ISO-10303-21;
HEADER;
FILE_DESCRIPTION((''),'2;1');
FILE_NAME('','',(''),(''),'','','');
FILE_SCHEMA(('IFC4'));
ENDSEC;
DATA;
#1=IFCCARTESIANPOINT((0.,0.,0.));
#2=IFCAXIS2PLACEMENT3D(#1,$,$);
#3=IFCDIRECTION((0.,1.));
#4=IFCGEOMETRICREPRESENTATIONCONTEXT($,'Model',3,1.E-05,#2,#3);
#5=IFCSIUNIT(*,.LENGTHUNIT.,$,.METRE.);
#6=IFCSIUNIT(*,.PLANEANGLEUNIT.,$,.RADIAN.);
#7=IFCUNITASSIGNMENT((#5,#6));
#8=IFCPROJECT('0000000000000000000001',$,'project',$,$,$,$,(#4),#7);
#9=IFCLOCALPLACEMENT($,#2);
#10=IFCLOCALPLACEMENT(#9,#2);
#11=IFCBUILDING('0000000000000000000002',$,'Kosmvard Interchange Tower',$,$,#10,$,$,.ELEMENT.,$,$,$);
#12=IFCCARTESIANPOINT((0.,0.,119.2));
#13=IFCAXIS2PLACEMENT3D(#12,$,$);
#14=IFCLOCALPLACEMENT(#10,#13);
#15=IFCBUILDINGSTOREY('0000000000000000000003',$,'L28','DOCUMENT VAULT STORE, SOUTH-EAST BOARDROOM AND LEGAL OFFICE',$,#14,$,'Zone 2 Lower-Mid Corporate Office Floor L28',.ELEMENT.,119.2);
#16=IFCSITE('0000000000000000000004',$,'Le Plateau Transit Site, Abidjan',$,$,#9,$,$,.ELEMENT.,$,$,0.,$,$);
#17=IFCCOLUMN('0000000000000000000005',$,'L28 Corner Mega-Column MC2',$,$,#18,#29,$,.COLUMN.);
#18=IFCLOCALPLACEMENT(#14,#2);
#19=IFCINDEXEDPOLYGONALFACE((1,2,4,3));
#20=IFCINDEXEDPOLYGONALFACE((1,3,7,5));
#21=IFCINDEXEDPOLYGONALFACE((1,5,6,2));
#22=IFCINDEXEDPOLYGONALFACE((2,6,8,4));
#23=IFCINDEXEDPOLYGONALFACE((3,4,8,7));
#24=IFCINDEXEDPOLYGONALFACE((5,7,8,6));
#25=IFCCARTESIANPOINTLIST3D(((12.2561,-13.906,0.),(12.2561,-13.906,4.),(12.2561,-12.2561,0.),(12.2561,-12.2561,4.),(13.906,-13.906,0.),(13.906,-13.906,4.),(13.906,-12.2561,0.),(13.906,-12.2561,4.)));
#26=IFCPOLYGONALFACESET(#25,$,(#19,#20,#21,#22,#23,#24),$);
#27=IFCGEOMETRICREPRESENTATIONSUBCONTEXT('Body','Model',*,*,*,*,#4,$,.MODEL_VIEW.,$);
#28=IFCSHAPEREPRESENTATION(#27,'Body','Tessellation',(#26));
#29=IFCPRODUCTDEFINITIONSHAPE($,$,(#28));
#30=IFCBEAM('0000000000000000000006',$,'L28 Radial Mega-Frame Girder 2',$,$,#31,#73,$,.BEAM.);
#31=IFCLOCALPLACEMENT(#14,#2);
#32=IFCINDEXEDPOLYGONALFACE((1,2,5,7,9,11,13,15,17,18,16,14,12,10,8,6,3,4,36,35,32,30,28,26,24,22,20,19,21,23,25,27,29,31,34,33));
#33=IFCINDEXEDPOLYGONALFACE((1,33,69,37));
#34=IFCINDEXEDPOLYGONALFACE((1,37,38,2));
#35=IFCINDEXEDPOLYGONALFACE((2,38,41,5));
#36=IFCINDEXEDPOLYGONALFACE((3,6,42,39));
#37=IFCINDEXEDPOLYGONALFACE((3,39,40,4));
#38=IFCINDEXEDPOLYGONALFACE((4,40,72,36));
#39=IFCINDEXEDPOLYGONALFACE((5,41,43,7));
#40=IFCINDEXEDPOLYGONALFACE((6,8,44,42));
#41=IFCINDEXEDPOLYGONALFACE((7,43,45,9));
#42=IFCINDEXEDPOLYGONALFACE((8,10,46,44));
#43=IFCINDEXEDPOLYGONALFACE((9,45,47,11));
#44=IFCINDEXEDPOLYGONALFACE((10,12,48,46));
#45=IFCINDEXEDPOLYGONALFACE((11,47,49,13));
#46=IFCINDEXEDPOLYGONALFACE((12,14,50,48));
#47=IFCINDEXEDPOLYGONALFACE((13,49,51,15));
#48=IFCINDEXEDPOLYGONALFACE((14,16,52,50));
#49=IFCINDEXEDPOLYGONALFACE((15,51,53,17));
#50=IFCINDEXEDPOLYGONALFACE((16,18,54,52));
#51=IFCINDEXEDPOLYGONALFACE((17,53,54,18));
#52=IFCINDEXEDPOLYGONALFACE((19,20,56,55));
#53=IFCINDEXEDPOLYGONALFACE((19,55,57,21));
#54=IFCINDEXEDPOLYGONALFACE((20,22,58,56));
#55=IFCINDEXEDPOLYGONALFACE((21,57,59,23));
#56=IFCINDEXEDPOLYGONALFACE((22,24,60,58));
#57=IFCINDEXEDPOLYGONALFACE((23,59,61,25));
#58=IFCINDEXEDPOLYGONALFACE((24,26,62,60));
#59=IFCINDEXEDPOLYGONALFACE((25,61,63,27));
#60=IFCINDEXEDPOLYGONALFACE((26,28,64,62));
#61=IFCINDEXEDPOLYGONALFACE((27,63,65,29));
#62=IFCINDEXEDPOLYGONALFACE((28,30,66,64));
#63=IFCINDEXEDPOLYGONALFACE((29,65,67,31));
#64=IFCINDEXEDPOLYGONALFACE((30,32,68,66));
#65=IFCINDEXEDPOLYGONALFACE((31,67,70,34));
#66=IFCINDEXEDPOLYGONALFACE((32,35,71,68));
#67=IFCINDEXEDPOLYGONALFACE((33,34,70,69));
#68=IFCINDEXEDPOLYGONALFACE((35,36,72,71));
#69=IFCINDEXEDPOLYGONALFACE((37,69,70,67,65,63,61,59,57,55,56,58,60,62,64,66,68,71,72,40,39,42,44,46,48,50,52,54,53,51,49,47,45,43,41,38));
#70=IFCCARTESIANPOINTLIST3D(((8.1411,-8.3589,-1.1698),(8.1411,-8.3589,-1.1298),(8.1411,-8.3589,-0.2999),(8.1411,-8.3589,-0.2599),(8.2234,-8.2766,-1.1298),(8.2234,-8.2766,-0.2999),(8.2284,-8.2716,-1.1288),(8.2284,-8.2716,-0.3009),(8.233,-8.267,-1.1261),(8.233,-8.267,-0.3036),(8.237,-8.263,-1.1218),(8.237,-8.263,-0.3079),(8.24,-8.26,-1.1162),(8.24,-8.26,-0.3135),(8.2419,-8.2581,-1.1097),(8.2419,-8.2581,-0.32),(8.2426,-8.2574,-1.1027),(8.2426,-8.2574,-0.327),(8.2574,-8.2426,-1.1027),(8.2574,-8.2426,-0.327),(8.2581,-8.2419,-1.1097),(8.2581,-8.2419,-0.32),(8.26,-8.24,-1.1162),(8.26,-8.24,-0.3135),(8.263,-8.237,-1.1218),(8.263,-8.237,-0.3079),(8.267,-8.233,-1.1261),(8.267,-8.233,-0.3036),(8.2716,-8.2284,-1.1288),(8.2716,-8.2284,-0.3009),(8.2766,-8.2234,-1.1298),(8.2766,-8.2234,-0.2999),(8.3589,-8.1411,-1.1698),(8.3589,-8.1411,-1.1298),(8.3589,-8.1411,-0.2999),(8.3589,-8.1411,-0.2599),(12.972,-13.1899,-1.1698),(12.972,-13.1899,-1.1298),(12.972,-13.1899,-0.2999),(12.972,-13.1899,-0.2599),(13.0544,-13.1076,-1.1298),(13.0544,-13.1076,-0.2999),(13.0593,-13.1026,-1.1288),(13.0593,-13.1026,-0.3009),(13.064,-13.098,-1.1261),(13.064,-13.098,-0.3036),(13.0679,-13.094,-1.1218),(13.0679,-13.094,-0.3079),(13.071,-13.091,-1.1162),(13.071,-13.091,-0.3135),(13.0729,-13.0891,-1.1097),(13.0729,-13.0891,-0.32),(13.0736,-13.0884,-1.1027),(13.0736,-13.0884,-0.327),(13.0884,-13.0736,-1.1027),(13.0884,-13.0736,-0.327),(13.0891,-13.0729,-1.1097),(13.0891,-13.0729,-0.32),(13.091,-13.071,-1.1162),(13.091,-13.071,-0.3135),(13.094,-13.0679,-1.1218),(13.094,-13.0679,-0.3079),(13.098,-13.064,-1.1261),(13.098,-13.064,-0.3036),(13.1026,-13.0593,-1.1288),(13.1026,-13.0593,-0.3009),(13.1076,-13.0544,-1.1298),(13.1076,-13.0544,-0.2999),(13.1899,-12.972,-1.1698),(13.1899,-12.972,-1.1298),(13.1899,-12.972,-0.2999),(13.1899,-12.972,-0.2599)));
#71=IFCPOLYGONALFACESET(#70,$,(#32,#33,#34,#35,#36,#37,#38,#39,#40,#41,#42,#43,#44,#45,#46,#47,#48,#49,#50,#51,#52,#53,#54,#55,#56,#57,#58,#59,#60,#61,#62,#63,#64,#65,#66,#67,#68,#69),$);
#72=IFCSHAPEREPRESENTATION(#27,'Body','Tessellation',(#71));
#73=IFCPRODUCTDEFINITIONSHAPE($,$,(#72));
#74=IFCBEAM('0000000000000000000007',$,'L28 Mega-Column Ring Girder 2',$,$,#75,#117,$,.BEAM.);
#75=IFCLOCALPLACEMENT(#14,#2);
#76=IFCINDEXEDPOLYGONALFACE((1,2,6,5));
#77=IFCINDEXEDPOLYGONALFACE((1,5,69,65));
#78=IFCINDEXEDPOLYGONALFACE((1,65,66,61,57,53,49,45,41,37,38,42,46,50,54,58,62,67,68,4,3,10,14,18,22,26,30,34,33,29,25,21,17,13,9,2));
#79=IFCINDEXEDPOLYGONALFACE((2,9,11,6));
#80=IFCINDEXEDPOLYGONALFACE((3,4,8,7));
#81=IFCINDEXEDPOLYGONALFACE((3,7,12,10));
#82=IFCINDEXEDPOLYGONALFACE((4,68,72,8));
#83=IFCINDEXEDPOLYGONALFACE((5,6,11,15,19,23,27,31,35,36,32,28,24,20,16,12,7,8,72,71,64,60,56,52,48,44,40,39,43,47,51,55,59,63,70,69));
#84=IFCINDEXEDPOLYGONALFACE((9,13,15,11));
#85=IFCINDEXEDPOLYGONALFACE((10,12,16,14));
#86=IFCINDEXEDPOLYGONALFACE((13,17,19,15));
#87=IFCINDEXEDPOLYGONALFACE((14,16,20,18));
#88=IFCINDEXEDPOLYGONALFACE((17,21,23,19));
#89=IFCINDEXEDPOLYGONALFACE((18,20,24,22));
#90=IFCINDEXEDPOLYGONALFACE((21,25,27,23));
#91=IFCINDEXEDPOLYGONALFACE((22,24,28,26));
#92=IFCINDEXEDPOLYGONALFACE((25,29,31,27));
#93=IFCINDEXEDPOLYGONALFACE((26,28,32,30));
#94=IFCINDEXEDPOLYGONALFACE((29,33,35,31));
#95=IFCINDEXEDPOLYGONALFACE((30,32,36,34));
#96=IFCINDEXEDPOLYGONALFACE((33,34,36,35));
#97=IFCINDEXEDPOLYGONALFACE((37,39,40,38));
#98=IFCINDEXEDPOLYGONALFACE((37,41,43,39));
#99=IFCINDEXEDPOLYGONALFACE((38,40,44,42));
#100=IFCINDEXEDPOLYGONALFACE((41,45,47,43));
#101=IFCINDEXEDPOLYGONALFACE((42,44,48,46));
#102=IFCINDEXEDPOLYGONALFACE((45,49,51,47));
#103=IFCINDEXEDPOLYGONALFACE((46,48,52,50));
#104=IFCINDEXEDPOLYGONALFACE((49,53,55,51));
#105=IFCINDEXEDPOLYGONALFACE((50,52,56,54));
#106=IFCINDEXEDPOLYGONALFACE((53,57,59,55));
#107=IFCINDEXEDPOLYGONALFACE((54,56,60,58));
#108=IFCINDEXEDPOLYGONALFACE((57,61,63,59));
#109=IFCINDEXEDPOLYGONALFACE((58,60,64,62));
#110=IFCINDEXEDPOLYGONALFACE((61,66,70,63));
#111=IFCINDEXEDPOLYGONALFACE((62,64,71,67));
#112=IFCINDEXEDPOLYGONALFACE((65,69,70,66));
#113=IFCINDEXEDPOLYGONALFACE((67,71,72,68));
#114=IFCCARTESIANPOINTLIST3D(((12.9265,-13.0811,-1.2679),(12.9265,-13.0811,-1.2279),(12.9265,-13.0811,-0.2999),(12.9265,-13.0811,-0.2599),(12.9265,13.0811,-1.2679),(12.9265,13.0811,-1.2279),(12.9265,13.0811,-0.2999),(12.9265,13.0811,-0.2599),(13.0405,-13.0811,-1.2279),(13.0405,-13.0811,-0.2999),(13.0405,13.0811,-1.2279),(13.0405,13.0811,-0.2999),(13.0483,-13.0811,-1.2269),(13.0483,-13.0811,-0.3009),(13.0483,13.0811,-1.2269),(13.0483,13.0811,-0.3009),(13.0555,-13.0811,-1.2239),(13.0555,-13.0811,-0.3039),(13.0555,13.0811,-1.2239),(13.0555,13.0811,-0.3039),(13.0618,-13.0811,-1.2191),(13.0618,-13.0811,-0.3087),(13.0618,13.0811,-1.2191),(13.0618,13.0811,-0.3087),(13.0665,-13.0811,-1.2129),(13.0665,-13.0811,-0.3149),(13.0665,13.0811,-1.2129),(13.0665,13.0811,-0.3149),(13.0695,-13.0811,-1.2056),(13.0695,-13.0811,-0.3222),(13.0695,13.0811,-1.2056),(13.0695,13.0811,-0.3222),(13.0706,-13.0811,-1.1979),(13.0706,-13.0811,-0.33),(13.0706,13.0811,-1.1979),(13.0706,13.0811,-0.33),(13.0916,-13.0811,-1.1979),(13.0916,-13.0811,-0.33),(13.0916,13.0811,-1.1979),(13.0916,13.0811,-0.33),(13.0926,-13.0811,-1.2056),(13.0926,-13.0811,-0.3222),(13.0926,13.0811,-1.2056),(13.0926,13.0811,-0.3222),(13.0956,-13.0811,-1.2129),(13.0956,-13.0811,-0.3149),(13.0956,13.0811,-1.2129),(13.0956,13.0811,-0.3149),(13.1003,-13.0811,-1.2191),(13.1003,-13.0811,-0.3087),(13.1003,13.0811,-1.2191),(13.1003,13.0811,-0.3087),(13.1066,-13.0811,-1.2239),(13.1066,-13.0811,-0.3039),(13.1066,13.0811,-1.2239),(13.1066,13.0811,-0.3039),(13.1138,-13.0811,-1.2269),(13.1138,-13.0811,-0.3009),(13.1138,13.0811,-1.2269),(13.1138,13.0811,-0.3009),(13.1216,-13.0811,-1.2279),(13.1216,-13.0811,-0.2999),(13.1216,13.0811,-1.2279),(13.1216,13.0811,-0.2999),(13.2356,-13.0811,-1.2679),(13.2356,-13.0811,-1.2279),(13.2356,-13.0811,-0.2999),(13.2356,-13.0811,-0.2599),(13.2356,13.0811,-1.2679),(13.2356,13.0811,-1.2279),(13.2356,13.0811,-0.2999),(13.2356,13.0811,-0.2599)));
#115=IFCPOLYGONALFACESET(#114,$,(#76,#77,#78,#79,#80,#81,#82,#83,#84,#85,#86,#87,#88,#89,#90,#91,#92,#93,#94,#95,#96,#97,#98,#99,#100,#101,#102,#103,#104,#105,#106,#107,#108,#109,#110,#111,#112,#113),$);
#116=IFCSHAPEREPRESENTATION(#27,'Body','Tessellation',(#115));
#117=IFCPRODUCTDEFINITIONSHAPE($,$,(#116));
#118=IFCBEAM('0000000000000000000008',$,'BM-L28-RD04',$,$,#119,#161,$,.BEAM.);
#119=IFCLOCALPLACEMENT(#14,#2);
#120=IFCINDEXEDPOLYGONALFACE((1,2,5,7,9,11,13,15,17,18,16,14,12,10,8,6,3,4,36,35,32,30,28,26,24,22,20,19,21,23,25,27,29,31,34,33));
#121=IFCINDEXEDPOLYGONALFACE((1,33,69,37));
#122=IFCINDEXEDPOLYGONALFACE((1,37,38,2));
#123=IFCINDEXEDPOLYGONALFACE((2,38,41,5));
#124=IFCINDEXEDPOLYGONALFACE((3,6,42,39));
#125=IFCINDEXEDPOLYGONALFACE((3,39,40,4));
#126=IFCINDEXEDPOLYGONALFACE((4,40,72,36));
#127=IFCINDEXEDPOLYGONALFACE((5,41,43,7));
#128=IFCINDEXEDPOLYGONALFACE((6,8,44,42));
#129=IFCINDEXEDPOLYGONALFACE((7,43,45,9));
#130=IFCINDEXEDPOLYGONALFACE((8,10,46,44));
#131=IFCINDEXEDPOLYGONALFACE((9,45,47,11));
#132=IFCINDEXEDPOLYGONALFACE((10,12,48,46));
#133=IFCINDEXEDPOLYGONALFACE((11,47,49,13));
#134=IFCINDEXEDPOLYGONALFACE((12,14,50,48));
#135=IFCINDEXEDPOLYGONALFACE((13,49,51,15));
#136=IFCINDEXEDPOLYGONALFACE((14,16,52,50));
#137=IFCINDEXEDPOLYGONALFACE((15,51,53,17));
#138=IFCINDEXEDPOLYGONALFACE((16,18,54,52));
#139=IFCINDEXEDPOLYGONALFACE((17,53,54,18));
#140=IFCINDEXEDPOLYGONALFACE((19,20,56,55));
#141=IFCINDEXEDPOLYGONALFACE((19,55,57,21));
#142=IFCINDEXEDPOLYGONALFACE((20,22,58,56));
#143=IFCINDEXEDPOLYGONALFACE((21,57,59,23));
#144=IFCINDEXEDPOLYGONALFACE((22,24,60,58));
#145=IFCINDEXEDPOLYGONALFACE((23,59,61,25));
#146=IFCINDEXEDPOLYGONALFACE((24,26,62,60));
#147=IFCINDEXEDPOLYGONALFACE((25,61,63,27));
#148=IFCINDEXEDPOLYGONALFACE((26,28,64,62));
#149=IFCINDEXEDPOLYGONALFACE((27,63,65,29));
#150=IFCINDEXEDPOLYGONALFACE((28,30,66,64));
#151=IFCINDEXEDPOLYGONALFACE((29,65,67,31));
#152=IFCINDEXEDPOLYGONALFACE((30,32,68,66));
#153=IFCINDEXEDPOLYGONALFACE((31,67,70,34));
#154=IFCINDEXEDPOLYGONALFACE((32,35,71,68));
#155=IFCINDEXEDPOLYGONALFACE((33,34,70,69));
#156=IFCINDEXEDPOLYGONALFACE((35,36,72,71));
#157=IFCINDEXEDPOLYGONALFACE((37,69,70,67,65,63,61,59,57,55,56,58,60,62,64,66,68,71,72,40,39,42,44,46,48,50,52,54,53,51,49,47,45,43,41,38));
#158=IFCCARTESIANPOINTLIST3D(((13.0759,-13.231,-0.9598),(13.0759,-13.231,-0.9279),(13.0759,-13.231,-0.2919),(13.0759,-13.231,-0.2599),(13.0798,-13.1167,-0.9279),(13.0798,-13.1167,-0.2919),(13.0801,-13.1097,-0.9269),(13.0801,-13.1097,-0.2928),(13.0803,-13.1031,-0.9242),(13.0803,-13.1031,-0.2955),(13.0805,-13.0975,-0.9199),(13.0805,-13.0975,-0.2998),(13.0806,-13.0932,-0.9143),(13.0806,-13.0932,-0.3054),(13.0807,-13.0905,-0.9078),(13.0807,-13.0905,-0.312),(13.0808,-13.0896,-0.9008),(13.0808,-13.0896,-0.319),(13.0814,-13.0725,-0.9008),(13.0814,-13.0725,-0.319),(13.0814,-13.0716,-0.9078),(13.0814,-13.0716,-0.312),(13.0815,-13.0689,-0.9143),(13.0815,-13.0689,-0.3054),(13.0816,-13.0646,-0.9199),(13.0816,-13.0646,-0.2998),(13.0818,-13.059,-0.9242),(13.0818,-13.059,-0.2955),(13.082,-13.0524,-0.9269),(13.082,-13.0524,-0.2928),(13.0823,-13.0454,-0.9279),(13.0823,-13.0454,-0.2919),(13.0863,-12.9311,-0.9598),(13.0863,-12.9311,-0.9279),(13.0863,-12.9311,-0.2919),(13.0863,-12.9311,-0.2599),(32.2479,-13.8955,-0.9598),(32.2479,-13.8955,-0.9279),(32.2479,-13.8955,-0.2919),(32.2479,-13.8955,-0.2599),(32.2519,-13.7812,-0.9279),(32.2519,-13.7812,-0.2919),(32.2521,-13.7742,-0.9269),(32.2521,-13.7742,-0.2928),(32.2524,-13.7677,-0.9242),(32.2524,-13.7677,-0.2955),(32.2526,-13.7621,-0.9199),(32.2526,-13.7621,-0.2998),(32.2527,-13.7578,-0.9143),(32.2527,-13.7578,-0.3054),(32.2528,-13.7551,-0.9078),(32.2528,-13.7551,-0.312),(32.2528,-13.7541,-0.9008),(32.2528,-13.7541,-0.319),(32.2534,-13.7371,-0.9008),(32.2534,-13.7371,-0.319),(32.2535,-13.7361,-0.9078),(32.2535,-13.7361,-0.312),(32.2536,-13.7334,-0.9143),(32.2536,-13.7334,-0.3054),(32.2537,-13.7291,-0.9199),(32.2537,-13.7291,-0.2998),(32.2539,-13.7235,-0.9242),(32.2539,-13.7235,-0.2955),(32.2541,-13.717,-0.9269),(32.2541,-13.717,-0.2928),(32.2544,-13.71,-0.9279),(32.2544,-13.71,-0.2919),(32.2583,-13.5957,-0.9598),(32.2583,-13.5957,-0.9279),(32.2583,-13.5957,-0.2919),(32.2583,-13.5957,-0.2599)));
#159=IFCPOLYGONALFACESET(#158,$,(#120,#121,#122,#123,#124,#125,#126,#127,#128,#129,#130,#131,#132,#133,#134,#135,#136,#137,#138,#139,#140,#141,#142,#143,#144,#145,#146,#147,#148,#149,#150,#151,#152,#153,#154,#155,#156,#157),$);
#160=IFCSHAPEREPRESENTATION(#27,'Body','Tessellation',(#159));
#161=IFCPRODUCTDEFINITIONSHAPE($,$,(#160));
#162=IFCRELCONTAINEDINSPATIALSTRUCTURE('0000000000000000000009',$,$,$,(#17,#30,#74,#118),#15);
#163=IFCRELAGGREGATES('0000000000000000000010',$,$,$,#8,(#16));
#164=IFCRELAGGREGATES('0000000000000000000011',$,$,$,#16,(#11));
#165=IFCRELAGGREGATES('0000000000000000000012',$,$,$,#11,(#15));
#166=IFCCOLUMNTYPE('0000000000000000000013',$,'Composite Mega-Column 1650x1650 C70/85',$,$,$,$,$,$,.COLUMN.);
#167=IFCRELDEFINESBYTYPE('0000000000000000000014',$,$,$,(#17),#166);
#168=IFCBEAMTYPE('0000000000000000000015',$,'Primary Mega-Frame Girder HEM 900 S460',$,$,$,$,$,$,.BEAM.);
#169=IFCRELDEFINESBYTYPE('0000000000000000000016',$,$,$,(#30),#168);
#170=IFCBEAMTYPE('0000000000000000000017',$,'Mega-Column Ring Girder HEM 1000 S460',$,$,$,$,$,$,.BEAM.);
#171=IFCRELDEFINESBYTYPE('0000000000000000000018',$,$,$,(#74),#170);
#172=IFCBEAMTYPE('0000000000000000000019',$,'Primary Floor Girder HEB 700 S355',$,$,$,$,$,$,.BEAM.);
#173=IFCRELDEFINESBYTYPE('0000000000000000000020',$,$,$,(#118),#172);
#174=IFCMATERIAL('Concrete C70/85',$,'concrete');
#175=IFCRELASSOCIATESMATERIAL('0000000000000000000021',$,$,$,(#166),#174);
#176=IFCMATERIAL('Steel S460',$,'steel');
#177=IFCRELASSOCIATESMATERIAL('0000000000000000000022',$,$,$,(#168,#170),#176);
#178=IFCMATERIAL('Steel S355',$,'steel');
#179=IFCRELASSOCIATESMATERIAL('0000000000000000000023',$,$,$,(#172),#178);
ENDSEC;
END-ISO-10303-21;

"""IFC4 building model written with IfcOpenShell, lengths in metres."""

from ifc_helpers import new_model, si_unit, direction, frame, origin, origin_2d, place, context, subcontext, project, spatial, rectangle, i_section, extrude, source, transform, mapped, material, material_profile, profile_set, type_object, element, save


model = new_model("IFC4")

# Units and contexts
model_context = context("Model", 3, precision=1e-05, world=origin(), true_north=direction((0.0, 1.0)))
body_context = subcontext(model_context, "Body", "Model", "MODEL_VIEW")
ifc_project = project(units=[si_unit("LENGTHUNIT", "METRE"), si_unit("PLANEANGLEUNIT", "RADIAN")], contexts=[model_context])

# Site, building, storey
site_placement = place(None, origin())
site = spatial("IfcSite", under=ifc_project, at=site_placement, Name="Le Plateau Transit Site, Abidjan", CompositionType="ELEMENT", RefElevation=0.0)
building_placement = place(site_placement, origin())
building = spatial("IfcBuilding", under=site, at=building_placement, Name="Kosmvard Interchange Tower", CompositionType="ELEMENT")
storey_placement = place(building_placement, frame((0.0, 0.0, 119.2)))
storey = spatial("IfcBuildingStorey", under=building, at=storey_placement, Name="L28", Description="DOCUMENT VAULT STORE, SOUTH-EAST BOARDROOM AND LEGAL OFFICE", LongName="Zone 2 Lower-Mid Corporate Office Floor L28", CompositionType="ELEMENT", Elevation=119.2)

# Column
ifc_material_1 = material(Name="Concrete C70/85", Category="concrete")
ifc_material_profile_1 = material_profile(ifc_material_1, rectangle(XDim=1.6499, YDim=1.6499, at=origin_2d()), Name="MC 1650x1650")
ifc_profile_set_1 = profile_set([ifc_material_profile_1], Name="Concrete C70/85")
column_type = type_object("IfcColumnType", Name="Composite Mega-Column 1650x1650 C70/85", PredefinedType="COLUMN", material=ifc_profile_set_1)
shared_shape_1 = source(origin(), body_context, "Body", "SweptSolid", [
    extrude(rectangle(XDim=1.6499, YDim=1.6499, at=origin_2d()), origin(), (0.0, 0.0, 1.0), 4.0),
])
column_placement = place(storey_placement, frame((13.0811, -13.0811, 0.0), z_axis=(0.0, 0.0, 1.0), x_axis=(1.0, 0.0, 0.0)))
element("IfcColumn", 1, at=column_placement, inside=storey, type_object=column_type, Name="L28 Corner Mega-Column MC2", PredefinedType="COLUMN", context=body_context, shape_type="MappedRepresentation", body=[
    mapped(shared_shape_1, transform((0.0, 0.0, 0.0), scale=1.0)),
])

# Beams
ifc_material_2 = material(Name="Steel S460", Category="steel")
ifc_material_profile_2 = material_profile(ifc_material_2, i_section(OverallWidth=0.3081, OverallDepth=0.9099, WebThickness=0.021, FlangeThickness=0.04, FilletRadius=0.0271, at=origin_2d()), Name="HEM 900")
ifc_profile_set_2 = profile_set([ifc_material_profile_2], Name="Steel S460")
beam_type_1 = type_object("IfcBeamType", Name="Primary Mega-Frame Girder HEM 900 S460", PredefinedType="BEAM", material=ifc_profile_set_2)
shared_shape_2 = source(origin(), body_context, "Body", "SweptSolid", [
    extrude(i_section(OverallWidth=0.3081, OverallDepth=0.9099, WebThickness=0.021, FlangeThickness=0.04, FilletRadius=0.0271, at=origin_2d()), origin(), (0.0, 0.0, 1.0), 6.832),
])
beam_1_placement = place(storey_placement, frame((8.25, -8.25, -0.7148), z_axis=(0.707107, -0.707107, 0.0), x_axis=(0.707107, 0.707107, 0.0)))
element("IfcBeam", 2, at=beam_1_placement, inside=storey, type_object=beam_type_1, Name="L28 Radial Mega-Frame Girder 2", PredefinedType="BEAM", context=body_context, shape_type="MappedRepresentation", body=[
    mapped(shared_shape_2, transform((0.0, 0.0, 0.0), scale=1.0)),
])
ifc_material_profile_3 = material_profile(ifc_material_2, i_section(OverallWidth=0.3091, OverallDepth=1.0081, WebThickness=0.021, FlangeThickness=0.04, FilletRadius=0.03, at=origin_2d()), Name="HEM 1000")
ifc_profile_set_3 = profile_set([ifc_material_profile_3], Name="Steel S460")
beam_type_2 = type_object("IfcBeamType", Name="Mega-Column Ring Girder HEM 1000 S460", PredefinedType="BEAM", material=ifc_profile_set_3)
shared_shape_3 = source(origin(), body_context, "Body", "SweptSolid", [
    extrude(i_section(OverallWidth=0.3091, OverallDepth=1.0081, WebThickness=0.021, FlangeThickness=0.04, FilletRadius=0.03, at=origin_2d()), origin(), (0.0, 0.0, 1.0), 26.1621),
])
beam_2_placement = place(storey_placement, frame((13.0811, -13.0811, -0.7639), z_axis=(0.0, 1.0, 0.0), x_axis=(-1.0, 0.0, 0.0)))
element("IfcBeam", 3, at=beam_2_placement, inside=storey, type_object=beam_type_2, Name="L28 Mega-Column Ring Girder 2", PredefinedType="BEAM", context=body_context, shape_type="MappedRepresentation", body=[
    mapped(shared_shape_3, transform((0.0, 0.0, 0.0), scale=1.0)),
])
ifc_material_3 = material(Name="Steel S355", Category="steel")
ifc_material_profile_4 = material_profile(ifc_material_3, i_section(OverallWidth=0.3, OverallDepth=0.7, WebThickness=0.0171, FlangeThickness=0.032, FilletRadius=0.0271, at=origin_2d()), Name="HEB 700")
ifc_profile_set_4 = profile_set([ifc_material_profile_4], Name="Steel S355")
beam_type_3 = type_object("IfcBeamType", Name="Primary Floor Girder HEB 700 S355", PredefinedType="BEAM", material=ifc_profile_set_4)
shared_shape_4 = source(origin(), body_context, "Body", "SweptSolid", [
    extrude(i_section(OverallWidth=0.3, OverallDepth=0.7, WebThickness=0.0171, FlangeThickness=0.032, FilletRadius=0.0271, at=origin_2d()), origin(), (0.0, 0.0, 1.0), 19.1836),
])
beam_3_placement = place(storey_placement, frame((13.0811, -13.0811, -0.6099), z_axis=(0.9994, -0.034642, 0.0), x_axis=(0.034642, 0.9994, 0.0)))
element("IfcBeam", 4, at=beam_3_placement, inside=storey, type_object=beam_type_3, Name="BM-L28-RD04", PredefinedType="BEAM", context=body_context, shape_type="MappedRepresentation", body=[
    mapped(shared_shape_4, transform((0.0, 0.0, 0.0), scale=1.0)),
])

save(model, "model.ifc")
